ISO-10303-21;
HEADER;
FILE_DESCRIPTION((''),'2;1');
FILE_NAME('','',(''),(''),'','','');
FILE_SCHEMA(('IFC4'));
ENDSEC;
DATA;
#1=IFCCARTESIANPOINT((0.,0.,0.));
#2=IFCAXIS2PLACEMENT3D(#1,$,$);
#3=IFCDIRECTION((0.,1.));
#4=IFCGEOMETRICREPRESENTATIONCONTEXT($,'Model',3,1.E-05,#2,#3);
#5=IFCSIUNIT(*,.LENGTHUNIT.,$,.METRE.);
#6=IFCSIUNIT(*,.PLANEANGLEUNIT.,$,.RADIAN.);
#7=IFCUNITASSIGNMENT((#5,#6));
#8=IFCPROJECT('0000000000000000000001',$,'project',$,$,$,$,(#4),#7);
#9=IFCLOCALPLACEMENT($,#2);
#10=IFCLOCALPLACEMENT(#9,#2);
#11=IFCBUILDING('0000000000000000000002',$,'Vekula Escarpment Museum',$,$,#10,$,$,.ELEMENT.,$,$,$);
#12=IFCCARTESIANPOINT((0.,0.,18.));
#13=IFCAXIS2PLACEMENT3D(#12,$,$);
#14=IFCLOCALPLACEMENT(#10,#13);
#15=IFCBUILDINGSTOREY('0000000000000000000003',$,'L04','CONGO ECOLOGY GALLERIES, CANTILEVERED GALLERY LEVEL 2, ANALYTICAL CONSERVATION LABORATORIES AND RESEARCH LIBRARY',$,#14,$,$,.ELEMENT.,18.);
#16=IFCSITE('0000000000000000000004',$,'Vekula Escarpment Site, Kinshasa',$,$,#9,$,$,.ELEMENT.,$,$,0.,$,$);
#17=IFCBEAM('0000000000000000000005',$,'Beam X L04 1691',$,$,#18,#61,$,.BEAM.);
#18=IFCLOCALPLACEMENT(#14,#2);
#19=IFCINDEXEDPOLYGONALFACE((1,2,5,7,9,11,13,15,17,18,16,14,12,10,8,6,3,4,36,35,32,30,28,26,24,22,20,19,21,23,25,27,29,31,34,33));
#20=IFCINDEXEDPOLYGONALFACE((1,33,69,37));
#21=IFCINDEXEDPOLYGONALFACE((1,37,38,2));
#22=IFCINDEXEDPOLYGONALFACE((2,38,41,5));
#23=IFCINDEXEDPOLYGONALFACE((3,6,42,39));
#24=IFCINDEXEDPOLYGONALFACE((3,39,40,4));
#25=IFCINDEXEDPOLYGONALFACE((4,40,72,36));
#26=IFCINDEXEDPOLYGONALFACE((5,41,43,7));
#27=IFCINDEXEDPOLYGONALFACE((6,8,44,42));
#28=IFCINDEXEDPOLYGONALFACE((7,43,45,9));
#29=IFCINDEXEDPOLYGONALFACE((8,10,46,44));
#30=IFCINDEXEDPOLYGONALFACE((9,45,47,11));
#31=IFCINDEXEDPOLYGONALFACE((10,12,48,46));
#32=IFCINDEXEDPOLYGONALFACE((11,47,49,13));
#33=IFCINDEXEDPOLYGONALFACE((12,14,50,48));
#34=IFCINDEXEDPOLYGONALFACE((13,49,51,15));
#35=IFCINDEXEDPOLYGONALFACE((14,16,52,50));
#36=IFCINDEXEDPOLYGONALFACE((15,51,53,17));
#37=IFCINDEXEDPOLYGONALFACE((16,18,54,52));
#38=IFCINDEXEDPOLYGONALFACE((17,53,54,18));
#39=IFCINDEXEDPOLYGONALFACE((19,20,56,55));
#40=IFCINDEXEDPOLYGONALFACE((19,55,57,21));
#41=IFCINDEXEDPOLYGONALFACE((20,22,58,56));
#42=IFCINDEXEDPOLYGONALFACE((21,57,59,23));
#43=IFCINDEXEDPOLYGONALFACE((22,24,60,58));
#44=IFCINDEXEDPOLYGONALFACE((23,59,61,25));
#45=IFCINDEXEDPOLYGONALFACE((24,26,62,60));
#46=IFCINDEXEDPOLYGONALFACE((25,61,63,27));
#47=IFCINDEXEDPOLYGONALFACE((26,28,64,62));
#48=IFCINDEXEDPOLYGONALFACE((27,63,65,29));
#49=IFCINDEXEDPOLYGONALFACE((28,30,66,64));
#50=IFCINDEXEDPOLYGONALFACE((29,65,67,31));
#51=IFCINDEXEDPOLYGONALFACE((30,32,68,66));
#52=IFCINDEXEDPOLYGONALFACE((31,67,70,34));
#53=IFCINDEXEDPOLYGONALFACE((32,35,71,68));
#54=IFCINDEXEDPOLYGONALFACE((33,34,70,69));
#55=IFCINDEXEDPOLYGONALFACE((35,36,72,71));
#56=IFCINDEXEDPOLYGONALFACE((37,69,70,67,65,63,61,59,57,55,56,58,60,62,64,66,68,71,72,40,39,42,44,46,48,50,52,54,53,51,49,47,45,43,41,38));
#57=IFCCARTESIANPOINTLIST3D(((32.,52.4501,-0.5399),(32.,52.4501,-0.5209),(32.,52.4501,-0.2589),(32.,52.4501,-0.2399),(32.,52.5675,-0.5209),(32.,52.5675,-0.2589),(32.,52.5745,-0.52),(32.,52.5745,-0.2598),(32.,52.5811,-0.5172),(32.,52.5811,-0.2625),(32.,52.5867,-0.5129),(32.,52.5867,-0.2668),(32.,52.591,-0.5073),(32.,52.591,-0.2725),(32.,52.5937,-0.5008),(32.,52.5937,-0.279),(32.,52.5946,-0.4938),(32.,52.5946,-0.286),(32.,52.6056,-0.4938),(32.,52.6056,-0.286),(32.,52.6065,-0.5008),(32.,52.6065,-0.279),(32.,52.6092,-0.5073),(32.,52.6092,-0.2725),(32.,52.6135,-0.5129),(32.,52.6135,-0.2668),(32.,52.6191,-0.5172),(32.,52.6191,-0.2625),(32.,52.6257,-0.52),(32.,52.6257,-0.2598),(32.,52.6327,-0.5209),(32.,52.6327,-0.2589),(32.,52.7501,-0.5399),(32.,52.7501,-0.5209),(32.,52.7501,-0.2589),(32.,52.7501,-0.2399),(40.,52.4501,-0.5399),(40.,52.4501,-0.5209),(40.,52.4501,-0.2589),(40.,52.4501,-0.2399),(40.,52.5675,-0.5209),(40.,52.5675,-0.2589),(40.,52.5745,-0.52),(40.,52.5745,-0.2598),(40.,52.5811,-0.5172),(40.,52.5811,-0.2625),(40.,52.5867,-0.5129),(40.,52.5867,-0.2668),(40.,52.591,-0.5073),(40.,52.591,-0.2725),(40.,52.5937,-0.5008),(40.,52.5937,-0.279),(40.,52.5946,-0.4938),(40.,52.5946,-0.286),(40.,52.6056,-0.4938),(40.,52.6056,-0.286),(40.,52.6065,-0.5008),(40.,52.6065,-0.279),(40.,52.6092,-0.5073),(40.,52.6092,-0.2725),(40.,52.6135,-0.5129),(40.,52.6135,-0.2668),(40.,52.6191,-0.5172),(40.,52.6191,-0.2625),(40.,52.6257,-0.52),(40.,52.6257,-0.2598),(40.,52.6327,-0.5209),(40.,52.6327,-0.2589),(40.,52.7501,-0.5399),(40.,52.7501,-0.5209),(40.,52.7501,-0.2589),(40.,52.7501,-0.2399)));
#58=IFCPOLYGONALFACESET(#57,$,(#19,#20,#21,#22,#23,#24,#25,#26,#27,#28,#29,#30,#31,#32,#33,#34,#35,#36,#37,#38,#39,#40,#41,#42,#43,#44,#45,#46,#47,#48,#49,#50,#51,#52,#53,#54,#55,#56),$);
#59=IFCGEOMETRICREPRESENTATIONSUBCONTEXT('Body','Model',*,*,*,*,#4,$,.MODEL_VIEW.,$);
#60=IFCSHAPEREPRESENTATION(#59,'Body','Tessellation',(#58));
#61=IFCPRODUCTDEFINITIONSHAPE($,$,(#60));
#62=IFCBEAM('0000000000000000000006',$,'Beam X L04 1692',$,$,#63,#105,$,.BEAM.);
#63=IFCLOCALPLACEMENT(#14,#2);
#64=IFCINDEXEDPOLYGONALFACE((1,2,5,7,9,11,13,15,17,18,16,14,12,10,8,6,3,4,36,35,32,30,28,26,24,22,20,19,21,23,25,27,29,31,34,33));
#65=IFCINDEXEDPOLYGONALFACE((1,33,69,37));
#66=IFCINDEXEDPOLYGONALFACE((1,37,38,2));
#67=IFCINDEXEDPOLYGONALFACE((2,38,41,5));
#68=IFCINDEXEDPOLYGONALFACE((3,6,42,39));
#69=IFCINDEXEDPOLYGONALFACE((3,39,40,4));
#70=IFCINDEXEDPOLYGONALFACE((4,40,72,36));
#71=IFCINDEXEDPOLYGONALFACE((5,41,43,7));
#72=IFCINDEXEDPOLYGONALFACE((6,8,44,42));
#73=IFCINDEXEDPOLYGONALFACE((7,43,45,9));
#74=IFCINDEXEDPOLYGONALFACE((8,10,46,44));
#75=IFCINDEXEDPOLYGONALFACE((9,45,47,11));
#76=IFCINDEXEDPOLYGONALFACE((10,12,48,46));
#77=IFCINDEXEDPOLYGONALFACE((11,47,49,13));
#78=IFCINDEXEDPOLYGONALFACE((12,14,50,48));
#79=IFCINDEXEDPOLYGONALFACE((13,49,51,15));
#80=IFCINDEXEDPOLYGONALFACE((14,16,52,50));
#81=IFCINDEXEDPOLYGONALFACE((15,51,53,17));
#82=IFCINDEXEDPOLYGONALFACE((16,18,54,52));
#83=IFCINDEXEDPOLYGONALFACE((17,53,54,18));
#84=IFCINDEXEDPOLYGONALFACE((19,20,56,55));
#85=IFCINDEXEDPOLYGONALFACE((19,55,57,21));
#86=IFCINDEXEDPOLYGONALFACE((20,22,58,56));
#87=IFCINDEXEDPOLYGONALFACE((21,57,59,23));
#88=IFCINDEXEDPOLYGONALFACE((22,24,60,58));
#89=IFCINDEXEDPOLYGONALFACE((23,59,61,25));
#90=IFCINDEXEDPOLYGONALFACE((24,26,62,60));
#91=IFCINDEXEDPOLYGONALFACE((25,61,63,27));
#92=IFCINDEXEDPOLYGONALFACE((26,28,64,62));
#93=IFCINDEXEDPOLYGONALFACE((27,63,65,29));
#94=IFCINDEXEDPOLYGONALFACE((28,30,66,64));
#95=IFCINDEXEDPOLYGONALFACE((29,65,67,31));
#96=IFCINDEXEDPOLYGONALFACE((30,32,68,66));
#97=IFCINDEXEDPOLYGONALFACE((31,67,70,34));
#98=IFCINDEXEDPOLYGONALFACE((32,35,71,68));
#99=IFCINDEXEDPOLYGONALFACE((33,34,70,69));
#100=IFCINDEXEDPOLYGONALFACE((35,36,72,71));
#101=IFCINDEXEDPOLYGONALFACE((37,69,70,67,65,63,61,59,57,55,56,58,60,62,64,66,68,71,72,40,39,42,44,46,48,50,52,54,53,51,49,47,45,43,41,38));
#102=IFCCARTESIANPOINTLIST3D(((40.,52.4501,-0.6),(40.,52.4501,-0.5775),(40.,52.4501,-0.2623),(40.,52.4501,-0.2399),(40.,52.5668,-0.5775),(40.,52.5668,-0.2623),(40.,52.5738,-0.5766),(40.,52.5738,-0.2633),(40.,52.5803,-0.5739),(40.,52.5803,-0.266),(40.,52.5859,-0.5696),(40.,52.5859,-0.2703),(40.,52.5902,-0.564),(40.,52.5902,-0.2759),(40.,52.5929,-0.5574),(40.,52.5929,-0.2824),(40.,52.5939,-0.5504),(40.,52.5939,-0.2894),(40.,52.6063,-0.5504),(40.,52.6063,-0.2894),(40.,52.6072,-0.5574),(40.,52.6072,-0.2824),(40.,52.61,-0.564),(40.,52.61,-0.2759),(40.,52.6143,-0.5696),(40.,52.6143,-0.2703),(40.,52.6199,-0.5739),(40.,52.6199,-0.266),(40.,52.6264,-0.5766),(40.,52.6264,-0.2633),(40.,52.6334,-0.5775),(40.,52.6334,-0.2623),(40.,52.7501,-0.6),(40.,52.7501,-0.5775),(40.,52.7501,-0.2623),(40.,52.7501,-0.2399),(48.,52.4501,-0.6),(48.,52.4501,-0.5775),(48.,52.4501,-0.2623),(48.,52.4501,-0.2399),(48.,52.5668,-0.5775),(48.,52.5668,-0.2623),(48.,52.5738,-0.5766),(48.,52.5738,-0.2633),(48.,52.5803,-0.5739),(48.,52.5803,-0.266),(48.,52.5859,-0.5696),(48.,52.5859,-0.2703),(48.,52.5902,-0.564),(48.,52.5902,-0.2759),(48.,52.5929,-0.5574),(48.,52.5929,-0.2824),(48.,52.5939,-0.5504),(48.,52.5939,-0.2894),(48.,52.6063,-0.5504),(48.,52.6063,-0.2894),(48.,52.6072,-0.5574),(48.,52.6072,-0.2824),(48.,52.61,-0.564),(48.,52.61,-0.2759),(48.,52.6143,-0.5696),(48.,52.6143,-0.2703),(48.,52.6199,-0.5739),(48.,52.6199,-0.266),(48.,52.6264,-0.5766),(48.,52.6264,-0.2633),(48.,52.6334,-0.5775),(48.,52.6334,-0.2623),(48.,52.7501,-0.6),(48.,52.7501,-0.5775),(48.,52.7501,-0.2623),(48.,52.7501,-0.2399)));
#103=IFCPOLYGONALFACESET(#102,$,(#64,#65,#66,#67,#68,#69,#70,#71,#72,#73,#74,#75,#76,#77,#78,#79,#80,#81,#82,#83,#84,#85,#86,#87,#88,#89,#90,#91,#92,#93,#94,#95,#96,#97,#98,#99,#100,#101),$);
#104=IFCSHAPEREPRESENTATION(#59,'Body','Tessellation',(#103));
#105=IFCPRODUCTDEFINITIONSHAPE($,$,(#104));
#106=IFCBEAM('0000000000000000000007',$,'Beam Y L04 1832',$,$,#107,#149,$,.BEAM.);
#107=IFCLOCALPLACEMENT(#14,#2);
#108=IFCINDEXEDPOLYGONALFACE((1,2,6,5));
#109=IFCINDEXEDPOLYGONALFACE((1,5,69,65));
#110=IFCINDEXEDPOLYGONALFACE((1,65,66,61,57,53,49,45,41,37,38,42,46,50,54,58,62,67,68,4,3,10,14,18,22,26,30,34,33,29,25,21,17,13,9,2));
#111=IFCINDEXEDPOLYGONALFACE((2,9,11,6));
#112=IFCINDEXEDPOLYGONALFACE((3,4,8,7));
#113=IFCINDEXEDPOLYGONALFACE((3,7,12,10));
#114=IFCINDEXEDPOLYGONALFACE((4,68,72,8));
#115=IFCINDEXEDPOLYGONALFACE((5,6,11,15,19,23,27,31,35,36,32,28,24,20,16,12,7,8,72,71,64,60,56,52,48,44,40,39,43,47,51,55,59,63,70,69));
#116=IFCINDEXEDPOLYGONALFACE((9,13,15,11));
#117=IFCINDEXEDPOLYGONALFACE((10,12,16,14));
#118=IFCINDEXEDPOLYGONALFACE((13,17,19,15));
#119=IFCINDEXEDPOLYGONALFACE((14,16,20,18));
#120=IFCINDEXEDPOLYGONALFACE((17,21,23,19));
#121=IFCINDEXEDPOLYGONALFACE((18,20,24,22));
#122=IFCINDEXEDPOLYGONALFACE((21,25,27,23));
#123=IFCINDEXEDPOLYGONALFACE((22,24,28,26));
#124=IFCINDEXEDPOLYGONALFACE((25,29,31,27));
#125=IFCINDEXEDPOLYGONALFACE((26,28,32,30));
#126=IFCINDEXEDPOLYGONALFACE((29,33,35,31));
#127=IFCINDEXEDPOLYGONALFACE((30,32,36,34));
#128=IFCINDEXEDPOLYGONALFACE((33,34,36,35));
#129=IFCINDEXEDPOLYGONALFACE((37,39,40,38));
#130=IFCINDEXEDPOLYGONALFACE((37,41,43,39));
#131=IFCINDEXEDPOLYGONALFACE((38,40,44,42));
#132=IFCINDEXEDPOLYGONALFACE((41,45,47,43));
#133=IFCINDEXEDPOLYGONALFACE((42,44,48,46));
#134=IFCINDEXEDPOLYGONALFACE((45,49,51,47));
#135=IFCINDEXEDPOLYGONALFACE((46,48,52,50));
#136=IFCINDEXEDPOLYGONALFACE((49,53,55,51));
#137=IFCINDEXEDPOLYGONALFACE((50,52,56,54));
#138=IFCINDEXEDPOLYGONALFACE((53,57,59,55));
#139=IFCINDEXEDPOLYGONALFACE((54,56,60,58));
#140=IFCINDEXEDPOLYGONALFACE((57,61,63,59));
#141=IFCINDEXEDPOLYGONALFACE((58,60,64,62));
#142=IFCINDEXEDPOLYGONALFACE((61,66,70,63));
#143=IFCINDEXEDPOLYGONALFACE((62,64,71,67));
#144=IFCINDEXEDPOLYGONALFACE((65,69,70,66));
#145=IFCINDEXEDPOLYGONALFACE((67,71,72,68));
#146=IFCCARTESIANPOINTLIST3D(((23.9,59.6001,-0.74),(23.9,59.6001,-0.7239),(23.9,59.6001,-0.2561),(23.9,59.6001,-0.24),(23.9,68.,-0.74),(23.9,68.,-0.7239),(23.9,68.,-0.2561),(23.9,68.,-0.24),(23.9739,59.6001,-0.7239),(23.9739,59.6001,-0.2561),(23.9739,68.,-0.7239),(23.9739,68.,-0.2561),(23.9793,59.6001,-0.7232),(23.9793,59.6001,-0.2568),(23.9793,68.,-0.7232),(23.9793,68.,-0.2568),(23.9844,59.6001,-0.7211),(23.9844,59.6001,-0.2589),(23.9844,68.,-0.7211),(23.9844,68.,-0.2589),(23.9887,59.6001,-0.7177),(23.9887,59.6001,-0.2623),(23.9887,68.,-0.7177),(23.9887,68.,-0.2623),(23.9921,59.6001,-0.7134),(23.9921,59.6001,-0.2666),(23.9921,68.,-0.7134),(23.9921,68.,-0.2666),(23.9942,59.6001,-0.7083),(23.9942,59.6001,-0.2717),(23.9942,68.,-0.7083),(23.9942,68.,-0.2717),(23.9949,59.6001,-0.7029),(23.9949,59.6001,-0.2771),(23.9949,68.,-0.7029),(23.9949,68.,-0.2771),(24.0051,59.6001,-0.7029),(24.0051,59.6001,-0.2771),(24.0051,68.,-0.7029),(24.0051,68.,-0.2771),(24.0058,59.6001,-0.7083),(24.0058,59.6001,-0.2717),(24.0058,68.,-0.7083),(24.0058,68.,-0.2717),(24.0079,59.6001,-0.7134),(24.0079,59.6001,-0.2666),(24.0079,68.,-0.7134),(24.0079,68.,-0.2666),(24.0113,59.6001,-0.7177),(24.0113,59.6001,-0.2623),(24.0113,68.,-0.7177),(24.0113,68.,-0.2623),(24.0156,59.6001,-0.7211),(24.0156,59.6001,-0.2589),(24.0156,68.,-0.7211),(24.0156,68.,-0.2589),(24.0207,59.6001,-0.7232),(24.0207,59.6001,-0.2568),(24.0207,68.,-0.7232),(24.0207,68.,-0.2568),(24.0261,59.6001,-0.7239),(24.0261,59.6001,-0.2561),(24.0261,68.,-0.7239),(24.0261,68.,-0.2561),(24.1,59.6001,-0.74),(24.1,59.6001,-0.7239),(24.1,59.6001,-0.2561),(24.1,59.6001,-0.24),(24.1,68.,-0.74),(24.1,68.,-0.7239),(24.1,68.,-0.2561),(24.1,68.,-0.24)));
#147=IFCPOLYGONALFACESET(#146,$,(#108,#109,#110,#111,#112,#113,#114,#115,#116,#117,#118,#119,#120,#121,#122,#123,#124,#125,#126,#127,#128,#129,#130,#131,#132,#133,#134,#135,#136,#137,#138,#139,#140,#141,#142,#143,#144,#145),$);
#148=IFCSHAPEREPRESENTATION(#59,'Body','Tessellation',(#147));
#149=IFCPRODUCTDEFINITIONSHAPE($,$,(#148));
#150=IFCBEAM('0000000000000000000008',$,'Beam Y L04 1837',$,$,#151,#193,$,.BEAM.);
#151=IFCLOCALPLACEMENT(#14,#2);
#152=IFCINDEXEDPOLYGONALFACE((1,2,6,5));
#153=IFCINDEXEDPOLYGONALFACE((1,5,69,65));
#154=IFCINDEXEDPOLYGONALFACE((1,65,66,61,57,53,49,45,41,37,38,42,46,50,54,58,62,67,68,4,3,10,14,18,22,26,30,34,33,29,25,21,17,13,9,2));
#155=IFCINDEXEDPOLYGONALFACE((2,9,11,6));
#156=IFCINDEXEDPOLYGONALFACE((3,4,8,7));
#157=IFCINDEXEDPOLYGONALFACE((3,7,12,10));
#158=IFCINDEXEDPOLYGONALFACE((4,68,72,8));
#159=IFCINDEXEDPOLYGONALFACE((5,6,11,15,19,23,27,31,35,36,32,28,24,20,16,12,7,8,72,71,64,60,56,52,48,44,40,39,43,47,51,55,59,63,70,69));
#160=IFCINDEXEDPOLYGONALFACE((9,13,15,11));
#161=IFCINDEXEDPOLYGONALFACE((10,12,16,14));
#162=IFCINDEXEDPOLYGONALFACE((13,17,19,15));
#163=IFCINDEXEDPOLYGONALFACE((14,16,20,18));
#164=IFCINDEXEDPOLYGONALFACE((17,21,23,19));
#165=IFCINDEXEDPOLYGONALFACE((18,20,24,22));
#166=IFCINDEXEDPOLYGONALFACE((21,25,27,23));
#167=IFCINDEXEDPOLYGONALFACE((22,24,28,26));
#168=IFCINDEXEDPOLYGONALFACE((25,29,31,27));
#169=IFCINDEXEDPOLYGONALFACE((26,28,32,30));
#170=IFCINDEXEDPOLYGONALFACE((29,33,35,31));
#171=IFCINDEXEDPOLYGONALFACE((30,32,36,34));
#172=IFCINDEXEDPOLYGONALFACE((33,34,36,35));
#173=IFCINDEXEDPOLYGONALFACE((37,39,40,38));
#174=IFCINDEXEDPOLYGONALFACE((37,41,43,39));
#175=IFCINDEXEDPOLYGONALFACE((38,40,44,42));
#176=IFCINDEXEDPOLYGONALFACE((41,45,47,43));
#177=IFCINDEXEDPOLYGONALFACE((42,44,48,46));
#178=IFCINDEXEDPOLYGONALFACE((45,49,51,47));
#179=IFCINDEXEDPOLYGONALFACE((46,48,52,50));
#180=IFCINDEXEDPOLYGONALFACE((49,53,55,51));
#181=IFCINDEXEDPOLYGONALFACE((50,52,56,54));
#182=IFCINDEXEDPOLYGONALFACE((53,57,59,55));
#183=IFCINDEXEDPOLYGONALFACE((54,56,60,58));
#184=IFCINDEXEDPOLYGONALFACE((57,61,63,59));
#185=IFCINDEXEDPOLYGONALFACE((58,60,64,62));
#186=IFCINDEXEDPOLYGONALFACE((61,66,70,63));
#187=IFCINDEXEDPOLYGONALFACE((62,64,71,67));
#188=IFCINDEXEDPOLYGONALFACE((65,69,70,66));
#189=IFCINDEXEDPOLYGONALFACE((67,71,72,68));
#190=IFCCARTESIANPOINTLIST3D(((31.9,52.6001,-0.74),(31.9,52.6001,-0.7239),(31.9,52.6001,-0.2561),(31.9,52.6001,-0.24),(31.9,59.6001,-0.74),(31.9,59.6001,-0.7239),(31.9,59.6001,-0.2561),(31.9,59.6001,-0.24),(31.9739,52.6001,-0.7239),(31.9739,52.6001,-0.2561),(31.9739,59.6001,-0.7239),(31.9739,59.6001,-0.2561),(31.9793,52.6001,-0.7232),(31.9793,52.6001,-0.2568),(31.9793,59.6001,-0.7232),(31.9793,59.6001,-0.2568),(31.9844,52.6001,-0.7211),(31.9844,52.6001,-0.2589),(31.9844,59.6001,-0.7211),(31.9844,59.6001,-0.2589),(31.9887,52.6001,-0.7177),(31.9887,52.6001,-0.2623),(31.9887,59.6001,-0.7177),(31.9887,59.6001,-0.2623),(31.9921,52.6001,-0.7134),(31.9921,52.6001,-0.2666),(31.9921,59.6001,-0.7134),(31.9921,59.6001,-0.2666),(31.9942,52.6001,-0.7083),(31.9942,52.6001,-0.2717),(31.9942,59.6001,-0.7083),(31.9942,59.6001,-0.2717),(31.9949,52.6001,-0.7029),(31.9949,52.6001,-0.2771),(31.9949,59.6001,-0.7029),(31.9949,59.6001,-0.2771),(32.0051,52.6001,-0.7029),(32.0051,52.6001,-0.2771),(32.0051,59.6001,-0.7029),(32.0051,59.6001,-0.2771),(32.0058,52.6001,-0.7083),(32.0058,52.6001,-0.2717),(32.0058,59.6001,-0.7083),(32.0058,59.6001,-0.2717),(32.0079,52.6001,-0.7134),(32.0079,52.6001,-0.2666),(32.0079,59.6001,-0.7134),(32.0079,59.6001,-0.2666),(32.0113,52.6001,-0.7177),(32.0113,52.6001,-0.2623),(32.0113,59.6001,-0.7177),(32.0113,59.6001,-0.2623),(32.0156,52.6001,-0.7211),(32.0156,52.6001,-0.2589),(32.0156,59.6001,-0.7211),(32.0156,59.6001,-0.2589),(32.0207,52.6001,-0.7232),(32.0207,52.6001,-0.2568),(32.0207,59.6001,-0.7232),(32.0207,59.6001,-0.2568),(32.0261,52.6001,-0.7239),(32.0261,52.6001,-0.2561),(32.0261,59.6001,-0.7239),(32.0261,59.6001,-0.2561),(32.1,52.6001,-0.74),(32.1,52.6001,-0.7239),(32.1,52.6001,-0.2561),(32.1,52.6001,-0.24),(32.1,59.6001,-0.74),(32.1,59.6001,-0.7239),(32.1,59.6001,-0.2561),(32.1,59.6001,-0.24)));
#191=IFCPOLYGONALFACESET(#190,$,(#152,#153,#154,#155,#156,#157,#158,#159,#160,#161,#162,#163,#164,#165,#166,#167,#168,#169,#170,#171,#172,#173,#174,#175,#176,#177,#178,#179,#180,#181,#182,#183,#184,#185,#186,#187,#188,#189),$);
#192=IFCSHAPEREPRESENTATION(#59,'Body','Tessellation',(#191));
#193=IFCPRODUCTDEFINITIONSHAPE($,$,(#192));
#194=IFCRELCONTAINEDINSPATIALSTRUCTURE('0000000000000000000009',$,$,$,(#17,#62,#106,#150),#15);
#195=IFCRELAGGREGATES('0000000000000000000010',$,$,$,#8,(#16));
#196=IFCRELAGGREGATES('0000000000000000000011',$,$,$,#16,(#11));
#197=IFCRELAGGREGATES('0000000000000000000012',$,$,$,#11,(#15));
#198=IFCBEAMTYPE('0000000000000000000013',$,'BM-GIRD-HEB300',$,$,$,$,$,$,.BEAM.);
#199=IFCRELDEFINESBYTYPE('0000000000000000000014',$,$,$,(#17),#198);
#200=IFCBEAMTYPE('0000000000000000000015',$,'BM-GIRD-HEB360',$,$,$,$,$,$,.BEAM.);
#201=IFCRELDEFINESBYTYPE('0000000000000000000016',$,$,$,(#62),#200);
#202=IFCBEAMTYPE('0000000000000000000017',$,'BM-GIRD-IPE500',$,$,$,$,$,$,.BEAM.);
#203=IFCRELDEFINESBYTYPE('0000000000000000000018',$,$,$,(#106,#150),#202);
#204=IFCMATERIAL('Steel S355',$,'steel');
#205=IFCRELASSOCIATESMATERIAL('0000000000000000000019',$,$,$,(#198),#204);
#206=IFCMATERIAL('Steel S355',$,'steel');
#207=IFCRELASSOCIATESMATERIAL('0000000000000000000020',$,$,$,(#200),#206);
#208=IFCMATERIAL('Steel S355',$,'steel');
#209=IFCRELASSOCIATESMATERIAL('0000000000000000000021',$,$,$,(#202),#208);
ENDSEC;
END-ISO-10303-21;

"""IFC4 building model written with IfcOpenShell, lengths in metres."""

from ifc_helpers import new_model, si_unit, direction, frame, origin, origin_2d, place, context, subcontext, project, spatial, i_section, extrude, material, material_profile, profile_set, type_object, element, save


model = new_model("IFC4")

# Units and contexts
model_context = context("Model", 3, precision=1e-05, world=origin(), true_north=direction((0.0, 1.0)))
body_context = subcontext(model_context, "Body", "Model", "MODEL_VIEW")
ifc_project = project(units=[si_unit("LENGTHUNIT", "METRE"), si_unit("PLANEANGLEUNIT", "RADIAN")], contexts=[model_context])

# Site, building, storey
site_placement = place(None, origin())
site = spatial("IfcSite", under=ifc_project, at=site_placement, Name="Vekula Escarpment Site, Kinshasa", CompositionType="ELEMENT", RefElevation=0.0)
building_placement = place(site_placement, origin())
building = spatial("IfcBuilding", under=site, at=building_placement, Name="Vekula Escarpment Museum", CompositionType="ELEMENT")
storey_placement = place(building_placement, frame((0.0, 0.0, 18.0)))
storey = spatial("IfcBuildingStorey", under=building, at=storey_placement, Name="L04", Description="CONGO ECOLOGY GALLERIES, CANTILEVERED GALLERY LEVEL 2, ANALYTICAL CONSERVATION LABORATORIES AND RESEARCH LIBRARY", CompositionType="ELEMENT", Elevation=18.0)

# Beams
ifc_material_1 = material(Name="Steel S355", Category="steel")
ifc_material_profile_1 = material_profile(ifc_material_1, i_section(OverallWidth=0.3, OverallDepth=0.3, WebThickness=0.011, FlangeThickness=0.019, FilletRadius=0.0271, at=origin_2d()), Name="HEB 300")
ifc_profile_set_1 = profile_set([ifc_material_profile_1], Name="Steel S355")
beam_type_1 = type_object("IfcBeamType", Name="BM-GIRD-HEB300", PredefinedType="BEAM", material=ifc_profile_set_1)
beam_1_placement = place(storey_placement, frame((32.0, 52.6001, -0.3899), z_axis=(1.0, 0.0, 0.0), x_axis=(0.0, 1.0, 0.0)))
element("IfcBeam", 1, at=beam_1_placement, inside=storey, type_object=beam_type_1, Name="Beam X L04 1691", PredefinedType="BEAM", context=body_context, shape_type="SweptSolid", body=[
    extrude(i_section(OverallWidth=0.3, OverallDepth=0.3, WebThickness=0.011, FlangeThickness=0.019, FilletRadius=0.0271, at=origin_2d()), origin(), (0.0, 0.0, 1.0), 8.0),
])
ifc_material_2 = material(Name="Steel S355", Category="steel")
ifc_material_profile_2 = material_profile(ifc_material_2, i_section(OverallWidth=0.3, OverallDepth=0.3601, WebThickness=0.0125, FlangeThickness=0.0225, FilletRadius=0.0271, at=origin_2d()), Name="HEB 360")
ifc_profile_set_2 = profile_set([ifc_material_profile_2], Name="Steel S355")
beam_type_2 = type_object("IfcBeamType", Name="BM-GIRD-HEB360", PredefinedType="BEAM", material=ifc_profile_set_2)
beam_2_placement = place(storey_placement, frame((40.0, 52.6001, -0.4199), z_axis=(1.0, 0.0, 0.0), x_axis=(0.0, 1.0, 0.0)))
element("IfcBeam", 2, at=beam_2_placement, inside=storey, type_object=beam_type_2, Name="Beam X L04 1692", PredefinedType="BEAM", context=body_context, shape_type="SweptSolid", body=[
    extrude(i_section(OverallWidth=0.3, OverallDepth=0.3601, WebThickness=0.0125, FlangeThickness=0.0225, FilletRadius=0.0271, at=origin_2d()), origin(), (0.0, 0.0, 1.0), 8.0),
])
ifc_material_3 = material(Name="Steel S355", Category="steel")
ifc_material_profile_3 = material_profile(ifc_material_3, i_section(OverallWidth=0.2, OverallDepth=0.5, WebThickness=0.0103, FlangeThickness=0.0161, FilletRadius=0.021, at=origin_2d()), Name="IPE 500")
ifc_profile_set_3 = profile_set([ifc_material_profile_3], Name="Steel S355")
beam_type_3 = type_object("IfcBeamType", Name="BM-GIRD-IPE500", PredefinedType="BEAM", material=ifc_profile_set_3)
beam_3_placement = place(storey_placement, frame((24.0, 59.6001, -0.49), z_axis=(0.0, 1.0, 0.0), x_axis=(-1.0, 0.0, 0.0)))
element("IfcBeam", 3, at=beam_3_placement, inside=storey, type_object=beam_type_3, Name="Beam Y L04 1832", PredefinedType="BEAM", context=body_context, shape_type="SweptSolid", body=[
    extrude(i_section(OverallWidth=0.2, OverallDepth=0.5, WebThickness=0.0103, FlangeThickness=0.0161, FilletRadius=0.021, at=origin_2d()), origin(), (0.0, 0.0, 1.0), 8.3999),
])
beam_4_placement = place(storey_placement, frame((32.0, 52.6001, -0.49), z_axis=(0.0, 1.0, 0.0), x_axis=(-1.0, 0.0, 0.0)))
element("IfcBeam", 4, at=beam_4_placement, inside=storey, type_object=beam_type_3, Name="Beam Y L04 1837", PredefinedType="BEAM", context=body_context, shape_type="SweptSolid", body=[
    extrude(i_section(OverallWidth=0.2, OverallDepth=0.5, WebThickness=0.0103, FlangeThickness=0.0161, FilletRadius=0.021, at=origin_2d()), origin(), (0.0, 0.0, 1.0), 7.0),
])

save(model, "model.ifc")
